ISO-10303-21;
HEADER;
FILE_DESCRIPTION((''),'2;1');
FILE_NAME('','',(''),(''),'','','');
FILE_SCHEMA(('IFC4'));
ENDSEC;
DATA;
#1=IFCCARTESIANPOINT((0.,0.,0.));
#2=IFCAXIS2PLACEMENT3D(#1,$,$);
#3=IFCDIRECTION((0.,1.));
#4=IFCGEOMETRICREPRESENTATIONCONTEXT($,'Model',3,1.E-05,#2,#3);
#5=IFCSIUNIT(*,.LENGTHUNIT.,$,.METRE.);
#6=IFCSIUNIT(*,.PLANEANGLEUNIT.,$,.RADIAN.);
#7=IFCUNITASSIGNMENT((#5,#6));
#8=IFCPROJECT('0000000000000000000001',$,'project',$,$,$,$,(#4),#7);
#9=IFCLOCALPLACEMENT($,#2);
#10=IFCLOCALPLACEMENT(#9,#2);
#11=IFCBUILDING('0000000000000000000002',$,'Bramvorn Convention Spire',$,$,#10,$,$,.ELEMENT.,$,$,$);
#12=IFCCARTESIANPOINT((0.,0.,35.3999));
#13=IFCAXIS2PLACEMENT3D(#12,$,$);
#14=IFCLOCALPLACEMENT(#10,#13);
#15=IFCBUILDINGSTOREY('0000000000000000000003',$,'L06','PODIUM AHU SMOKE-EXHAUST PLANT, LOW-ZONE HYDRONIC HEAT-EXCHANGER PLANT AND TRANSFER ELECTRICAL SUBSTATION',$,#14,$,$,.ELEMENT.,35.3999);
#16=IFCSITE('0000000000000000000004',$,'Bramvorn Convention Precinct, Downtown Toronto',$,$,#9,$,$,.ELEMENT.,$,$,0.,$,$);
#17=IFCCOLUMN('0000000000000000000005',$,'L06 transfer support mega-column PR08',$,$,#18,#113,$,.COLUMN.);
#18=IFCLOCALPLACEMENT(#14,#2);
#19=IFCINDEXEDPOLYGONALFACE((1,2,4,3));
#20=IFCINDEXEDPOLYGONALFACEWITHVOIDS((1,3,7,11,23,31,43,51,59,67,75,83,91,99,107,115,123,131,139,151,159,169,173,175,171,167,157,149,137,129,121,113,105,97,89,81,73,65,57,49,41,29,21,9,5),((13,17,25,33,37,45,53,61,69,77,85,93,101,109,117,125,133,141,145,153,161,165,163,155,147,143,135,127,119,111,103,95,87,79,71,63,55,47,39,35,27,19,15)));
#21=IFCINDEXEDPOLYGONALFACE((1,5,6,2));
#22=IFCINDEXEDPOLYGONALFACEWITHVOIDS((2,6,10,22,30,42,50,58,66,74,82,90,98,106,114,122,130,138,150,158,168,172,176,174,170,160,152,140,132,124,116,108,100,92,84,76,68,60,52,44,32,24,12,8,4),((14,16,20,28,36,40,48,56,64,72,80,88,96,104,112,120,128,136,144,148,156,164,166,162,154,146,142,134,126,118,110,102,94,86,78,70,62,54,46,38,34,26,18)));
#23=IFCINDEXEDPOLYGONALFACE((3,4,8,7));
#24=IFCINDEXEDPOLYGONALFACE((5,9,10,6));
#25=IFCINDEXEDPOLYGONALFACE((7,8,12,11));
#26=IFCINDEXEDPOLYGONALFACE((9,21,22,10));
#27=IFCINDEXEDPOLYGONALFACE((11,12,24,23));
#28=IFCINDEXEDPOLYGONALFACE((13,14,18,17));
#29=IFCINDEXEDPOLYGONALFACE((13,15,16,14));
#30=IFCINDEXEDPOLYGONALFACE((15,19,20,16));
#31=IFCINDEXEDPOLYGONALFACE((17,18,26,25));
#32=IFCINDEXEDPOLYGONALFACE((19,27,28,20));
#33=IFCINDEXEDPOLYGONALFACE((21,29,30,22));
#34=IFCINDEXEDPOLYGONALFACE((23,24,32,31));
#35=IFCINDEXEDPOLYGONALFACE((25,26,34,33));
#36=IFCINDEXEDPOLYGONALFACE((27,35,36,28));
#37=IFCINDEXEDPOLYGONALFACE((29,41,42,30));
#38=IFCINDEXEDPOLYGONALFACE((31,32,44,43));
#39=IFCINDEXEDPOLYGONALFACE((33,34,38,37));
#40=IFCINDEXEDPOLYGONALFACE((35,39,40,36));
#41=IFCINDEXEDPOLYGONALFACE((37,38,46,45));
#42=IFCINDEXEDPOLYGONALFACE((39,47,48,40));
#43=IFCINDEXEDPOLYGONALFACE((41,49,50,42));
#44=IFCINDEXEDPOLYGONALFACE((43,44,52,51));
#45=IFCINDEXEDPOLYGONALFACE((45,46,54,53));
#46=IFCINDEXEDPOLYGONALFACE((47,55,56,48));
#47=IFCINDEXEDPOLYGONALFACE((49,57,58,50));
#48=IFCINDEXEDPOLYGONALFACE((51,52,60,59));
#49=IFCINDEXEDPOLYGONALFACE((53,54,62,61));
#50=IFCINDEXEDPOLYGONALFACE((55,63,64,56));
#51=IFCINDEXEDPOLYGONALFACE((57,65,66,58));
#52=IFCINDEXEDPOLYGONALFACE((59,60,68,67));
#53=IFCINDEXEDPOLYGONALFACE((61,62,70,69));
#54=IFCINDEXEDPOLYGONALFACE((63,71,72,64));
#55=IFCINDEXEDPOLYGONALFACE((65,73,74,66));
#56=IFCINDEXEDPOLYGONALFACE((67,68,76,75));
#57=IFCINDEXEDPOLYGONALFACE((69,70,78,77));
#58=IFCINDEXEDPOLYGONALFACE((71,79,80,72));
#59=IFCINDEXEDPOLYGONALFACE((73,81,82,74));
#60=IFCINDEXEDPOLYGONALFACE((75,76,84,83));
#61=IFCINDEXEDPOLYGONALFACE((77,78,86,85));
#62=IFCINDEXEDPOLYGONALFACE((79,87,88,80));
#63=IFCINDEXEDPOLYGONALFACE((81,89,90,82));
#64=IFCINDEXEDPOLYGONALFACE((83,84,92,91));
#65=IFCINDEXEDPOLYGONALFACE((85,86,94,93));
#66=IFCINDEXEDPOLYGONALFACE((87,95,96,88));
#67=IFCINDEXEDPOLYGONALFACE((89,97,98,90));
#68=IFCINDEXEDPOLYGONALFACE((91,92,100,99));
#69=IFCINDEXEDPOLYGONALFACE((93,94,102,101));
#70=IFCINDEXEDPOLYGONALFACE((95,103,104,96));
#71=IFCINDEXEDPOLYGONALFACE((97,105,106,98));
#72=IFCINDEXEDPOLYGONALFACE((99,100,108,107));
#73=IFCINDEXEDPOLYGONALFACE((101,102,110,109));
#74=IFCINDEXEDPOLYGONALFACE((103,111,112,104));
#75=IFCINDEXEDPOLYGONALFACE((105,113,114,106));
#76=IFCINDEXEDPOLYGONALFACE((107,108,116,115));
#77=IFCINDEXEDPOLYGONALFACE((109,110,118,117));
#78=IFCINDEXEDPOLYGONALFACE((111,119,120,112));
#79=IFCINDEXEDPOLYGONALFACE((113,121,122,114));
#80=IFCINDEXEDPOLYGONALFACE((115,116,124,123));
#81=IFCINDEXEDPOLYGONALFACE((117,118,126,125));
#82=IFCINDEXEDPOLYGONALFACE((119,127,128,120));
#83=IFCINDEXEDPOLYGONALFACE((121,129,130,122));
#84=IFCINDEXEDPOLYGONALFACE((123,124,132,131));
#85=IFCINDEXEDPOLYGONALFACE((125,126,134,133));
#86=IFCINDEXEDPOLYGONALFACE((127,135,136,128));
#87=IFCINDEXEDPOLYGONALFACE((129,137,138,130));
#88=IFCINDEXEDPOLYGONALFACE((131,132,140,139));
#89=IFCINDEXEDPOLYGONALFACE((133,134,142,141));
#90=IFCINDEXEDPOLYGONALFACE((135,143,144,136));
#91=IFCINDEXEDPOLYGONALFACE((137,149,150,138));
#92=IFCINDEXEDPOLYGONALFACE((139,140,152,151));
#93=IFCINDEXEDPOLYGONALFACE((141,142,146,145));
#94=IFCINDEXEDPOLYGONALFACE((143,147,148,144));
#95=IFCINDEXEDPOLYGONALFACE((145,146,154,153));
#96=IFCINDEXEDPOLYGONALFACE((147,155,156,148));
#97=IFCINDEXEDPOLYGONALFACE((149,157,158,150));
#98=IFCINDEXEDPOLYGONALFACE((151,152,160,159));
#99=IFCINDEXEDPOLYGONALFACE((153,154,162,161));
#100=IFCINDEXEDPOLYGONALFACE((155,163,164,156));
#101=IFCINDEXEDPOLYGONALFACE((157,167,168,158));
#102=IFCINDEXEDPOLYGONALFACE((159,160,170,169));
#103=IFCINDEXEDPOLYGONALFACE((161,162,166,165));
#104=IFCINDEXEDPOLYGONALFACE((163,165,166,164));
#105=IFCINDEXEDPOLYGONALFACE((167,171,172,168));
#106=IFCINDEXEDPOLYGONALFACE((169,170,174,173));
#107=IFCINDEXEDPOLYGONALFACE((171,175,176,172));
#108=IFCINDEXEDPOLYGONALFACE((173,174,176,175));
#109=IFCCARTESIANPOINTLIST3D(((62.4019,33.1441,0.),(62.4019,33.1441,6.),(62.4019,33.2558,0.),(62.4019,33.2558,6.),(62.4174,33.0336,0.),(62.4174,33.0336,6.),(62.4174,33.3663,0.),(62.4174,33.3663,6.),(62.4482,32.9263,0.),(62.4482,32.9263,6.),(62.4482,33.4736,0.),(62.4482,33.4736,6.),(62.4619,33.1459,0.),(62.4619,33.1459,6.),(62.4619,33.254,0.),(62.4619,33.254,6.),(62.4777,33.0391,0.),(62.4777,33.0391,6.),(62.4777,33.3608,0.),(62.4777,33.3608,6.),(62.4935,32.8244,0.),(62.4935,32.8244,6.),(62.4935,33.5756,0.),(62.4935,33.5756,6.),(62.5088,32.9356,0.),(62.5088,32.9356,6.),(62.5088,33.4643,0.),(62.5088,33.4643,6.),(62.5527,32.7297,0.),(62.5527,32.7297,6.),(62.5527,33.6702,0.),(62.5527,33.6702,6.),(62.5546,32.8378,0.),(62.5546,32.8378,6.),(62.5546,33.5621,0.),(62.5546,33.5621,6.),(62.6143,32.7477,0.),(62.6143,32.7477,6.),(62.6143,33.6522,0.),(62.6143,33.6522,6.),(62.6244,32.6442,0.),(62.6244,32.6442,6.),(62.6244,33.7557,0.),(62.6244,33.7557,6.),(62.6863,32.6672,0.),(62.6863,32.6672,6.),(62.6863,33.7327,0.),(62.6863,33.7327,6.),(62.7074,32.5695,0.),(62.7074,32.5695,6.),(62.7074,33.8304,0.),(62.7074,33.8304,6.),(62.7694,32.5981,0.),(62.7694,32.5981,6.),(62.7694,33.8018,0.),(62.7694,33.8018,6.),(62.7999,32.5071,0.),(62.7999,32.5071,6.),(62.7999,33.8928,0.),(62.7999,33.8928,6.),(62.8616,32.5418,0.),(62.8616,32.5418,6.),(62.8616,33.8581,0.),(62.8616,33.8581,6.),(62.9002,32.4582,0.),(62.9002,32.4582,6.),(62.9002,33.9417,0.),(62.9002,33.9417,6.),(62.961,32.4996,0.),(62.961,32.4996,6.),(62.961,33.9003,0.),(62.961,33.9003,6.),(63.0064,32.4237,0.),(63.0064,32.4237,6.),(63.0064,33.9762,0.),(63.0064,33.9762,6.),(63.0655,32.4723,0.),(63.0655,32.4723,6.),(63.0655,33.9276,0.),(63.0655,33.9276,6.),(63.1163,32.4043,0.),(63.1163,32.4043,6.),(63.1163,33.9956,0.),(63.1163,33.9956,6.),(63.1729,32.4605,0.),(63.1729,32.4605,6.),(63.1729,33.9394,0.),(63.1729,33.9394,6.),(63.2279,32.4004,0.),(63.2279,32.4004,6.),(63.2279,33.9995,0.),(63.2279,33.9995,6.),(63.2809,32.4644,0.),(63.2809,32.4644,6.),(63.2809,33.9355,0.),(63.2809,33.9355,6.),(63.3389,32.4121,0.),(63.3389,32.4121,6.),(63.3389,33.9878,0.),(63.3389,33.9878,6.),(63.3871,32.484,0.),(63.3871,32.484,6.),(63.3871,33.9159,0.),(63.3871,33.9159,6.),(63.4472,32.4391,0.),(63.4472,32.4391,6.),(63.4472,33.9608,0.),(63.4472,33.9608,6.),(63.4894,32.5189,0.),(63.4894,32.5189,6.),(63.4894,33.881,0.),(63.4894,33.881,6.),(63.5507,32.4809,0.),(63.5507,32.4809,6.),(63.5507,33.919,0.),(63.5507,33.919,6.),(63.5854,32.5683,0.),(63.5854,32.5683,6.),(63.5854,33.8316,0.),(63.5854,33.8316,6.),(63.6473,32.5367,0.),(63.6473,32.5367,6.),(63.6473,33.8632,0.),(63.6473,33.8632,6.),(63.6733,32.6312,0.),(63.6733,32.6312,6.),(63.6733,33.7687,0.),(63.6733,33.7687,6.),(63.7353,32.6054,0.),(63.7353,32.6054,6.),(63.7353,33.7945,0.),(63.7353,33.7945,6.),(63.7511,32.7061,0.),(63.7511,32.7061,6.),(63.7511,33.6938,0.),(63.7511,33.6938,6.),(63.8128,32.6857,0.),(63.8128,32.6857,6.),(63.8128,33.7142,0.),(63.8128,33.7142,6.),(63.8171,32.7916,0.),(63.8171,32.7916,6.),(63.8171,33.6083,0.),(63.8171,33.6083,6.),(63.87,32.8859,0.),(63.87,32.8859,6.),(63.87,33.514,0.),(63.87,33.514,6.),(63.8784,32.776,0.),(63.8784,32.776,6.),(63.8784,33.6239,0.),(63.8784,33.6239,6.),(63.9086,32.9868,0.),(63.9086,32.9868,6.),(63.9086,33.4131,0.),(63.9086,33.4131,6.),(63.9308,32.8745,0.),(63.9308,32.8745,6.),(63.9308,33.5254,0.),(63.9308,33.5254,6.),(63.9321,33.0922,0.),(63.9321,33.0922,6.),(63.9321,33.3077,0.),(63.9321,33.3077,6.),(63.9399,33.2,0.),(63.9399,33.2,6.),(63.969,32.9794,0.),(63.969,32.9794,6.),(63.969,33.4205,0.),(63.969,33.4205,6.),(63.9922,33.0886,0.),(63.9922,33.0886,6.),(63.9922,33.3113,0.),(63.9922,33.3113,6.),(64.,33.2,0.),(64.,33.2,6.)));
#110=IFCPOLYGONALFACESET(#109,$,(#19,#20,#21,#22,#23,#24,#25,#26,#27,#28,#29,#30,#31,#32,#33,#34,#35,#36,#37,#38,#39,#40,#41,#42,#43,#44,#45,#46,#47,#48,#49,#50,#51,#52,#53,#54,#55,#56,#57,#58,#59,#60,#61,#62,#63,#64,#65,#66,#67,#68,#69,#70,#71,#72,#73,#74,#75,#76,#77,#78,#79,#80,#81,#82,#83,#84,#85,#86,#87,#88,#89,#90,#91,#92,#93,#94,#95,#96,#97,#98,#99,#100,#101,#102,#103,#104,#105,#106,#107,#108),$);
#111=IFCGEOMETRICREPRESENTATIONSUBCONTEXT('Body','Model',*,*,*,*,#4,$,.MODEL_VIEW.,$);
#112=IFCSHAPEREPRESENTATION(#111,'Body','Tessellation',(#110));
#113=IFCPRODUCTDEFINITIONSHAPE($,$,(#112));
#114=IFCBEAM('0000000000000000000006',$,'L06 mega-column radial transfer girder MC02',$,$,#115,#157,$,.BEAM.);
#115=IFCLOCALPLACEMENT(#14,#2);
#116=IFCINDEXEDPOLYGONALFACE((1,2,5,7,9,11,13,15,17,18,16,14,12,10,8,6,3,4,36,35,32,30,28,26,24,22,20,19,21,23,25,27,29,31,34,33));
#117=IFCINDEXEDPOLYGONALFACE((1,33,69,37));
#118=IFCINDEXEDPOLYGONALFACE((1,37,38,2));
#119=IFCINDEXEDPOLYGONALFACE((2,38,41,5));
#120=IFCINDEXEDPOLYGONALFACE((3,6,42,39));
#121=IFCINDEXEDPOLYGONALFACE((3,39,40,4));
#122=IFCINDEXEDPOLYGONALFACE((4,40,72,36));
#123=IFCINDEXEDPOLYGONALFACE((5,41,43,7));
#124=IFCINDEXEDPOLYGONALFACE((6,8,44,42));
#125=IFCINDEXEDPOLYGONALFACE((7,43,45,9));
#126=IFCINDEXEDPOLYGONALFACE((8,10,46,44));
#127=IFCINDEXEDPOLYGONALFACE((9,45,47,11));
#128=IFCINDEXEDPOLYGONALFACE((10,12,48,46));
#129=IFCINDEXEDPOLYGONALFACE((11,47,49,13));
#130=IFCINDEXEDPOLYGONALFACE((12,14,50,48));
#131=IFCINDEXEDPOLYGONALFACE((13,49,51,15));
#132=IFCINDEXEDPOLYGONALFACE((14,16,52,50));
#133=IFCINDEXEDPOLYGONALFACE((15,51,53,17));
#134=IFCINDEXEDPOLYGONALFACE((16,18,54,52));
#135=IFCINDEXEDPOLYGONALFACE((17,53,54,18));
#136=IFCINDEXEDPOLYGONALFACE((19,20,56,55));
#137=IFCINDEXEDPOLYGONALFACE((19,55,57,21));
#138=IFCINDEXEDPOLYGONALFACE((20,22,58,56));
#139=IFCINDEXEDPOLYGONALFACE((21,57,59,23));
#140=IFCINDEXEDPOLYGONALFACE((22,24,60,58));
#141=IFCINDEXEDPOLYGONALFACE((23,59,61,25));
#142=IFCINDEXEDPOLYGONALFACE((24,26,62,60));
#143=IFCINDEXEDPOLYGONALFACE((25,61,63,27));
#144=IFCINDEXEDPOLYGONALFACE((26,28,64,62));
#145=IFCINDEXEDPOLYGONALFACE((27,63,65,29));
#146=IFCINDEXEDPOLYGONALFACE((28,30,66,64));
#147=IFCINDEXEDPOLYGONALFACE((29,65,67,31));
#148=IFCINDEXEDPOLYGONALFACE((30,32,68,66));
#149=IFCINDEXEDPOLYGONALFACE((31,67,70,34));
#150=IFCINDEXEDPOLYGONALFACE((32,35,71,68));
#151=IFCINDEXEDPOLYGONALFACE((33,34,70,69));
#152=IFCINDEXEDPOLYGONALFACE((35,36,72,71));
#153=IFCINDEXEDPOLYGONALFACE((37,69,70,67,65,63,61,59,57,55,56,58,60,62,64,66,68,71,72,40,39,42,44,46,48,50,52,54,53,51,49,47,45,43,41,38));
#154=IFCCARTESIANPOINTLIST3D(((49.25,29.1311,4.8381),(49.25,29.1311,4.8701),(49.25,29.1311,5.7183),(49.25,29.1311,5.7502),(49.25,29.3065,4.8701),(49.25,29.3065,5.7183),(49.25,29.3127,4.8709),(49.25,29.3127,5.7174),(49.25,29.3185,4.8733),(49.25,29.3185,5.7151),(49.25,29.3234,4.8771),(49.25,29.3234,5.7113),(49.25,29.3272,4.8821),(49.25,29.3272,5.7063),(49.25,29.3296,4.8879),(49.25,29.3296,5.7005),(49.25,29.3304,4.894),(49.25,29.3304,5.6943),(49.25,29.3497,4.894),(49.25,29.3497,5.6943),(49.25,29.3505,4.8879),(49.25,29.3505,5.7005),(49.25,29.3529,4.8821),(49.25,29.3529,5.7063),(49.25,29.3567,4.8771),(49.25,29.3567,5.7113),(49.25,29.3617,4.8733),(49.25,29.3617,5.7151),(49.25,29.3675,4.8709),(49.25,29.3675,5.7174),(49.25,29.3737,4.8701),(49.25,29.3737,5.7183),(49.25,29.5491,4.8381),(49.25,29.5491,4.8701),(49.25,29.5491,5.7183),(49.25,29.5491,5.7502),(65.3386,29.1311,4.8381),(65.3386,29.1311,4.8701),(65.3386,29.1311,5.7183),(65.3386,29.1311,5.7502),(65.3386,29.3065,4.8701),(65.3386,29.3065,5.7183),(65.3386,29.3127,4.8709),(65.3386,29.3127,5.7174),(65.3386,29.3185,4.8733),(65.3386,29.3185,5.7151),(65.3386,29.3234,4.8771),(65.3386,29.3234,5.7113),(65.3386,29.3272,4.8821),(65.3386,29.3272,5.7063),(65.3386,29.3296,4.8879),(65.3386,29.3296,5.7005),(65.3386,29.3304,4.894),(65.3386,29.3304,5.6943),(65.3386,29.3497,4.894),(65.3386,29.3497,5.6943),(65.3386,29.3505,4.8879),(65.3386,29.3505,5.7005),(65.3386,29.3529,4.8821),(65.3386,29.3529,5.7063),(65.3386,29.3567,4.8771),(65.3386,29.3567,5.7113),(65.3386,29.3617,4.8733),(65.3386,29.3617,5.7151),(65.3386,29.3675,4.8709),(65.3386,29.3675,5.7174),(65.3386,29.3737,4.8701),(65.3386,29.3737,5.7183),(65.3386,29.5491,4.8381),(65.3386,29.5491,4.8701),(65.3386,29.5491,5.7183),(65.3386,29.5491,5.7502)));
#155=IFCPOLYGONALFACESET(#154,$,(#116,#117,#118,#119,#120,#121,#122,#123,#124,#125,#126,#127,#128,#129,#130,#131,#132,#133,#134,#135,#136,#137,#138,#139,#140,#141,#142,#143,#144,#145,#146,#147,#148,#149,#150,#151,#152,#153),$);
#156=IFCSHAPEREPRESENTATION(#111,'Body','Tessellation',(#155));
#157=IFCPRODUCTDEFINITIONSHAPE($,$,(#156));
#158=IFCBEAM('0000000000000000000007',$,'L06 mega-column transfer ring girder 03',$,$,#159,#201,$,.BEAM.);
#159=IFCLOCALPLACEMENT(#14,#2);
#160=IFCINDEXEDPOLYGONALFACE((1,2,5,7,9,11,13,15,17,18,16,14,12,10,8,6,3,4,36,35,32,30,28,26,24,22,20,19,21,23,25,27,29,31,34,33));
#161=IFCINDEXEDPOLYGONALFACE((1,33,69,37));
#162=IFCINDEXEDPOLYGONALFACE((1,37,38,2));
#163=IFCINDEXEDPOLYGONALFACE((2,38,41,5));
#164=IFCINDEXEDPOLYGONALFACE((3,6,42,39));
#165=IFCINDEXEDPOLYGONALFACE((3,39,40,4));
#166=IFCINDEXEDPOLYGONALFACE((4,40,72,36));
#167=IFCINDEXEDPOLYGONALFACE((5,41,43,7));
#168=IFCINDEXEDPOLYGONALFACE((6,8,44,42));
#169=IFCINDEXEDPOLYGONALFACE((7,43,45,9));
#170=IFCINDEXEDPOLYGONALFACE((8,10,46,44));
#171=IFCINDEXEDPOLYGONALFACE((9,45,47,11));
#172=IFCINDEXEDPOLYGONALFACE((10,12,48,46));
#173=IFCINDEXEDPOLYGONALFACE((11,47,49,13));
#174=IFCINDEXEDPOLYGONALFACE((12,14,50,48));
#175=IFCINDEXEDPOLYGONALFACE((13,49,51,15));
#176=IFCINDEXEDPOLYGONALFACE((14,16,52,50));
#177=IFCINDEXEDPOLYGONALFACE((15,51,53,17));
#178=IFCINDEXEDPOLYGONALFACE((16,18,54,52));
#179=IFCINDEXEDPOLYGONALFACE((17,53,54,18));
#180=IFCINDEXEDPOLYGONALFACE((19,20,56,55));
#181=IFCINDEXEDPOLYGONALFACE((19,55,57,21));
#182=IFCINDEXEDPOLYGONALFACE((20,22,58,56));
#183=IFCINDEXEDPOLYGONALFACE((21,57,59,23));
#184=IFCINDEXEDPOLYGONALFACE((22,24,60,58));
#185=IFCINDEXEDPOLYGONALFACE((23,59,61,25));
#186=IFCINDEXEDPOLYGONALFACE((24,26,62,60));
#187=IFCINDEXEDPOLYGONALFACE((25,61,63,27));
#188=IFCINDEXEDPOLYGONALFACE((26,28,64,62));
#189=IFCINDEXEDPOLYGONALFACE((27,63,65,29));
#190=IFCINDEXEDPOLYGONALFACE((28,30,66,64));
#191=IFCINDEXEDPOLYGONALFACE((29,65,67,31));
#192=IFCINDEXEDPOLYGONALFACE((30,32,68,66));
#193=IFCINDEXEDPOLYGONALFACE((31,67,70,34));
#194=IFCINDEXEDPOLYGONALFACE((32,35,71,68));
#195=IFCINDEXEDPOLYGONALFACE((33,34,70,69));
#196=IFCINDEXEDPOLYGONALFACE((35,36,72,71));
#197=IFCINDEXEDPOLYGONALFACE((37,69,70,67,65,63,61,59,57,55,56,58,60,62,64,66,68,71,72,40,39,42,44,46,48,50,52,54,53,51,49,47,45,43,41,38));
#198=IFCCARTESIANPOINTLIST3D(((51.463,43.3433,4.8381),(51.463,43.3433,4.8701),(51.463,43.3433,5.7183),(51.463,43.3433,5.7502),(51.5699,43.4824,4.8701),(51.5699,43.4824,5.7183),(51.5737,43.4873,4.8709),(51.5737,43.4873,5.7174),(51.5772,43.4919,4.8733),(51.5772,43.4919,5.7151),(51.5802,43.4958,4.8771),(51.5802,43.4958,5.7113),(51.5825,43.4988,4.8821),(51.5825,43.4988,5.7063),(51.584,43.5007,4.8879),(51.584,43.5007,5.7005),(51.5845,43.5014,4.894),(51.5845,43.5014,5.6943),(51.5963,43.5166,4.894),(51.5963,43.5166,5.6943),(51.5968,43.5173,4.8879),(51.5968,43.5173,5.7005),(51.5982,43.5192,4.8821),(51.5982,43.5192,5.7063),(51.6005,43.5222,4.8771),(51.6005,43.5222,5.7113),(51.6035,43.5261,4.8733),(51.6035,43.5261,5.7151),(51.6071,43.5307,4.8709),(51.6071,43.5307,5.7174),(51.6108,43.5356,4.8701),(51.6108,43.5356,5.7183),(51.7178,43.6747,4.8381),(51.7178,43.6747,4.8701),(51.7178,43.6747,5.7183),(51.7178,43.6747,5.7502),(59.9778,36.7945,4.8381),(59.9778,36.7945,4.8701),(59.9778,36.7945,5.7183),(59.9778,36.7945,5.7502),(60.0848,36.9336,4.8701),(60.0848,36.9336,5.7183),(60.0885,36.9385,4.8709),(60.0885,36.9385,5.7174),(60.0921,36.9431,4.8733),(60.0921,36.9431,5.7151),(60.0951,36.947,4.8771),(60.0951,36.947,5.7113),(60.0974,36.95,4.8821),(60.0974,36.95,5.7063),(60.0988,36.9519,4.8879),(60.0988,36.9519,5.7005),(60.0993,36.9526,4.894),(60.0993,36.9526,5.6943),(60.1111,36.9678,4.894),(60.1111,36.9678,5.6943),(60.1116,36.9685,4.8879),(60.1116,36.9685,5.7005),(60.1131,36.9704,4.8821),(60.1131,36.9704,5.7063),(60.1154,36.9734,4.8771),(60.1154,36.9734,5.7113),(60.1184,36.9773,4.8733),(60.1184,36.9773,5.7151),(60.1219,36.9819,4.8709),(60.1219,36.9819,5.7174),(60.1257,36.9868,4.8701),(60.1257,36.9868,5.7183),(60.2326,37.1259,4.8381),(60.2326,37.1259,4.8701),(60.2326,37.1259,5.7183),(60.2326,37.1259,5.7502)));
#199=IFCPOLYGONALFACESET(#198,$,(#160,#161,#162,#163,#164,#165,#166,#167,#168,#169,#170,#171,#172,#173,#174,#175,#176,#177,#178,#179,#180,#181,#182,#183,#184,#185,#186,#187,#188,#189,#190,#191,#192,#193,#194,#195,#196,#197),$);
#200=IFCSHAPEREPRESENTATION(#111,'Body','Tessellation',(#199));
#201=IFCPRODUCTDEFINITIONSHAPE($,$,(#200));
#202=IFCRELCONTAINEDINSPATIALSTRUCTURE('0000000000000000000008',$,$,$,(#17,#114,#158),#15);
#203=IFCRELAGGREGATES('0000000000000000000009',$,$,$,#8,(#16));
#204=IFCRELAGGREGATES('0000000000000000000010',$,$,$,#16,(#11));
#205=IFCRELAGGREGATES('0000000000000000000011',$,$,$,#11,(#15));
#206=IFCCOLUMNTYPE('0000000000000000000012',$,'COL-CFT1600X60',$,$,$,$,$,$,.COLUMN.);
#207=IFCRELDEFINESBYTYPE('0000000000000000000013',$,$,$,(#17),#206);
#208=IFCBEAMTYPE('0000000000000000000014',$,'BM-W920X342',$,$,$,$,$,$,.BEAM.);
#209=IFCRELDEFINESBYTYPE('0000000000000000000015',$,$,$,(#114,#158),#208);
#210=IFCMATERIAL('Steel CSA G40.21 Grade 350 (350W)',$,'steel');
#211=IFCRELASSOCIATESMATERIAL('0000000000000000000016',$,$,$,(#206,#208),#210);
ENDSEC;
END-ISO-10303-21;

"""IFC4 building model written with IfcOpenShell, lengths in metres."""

from ifc_helpers import new_model, si_unit, direction, frame, origin, origin_2d, place, context, subcontext, project, spatial, hollow_circle, i_section, extrude, material, material_profile, profile_set, type_object, element, save


model = new_model("IFC4")

# Units and contexts
model_context = context("Model", 3, precision=1e-05, world=origin(), true_north=direction((0.0, 1.0)))
body_context = subcontext(model_context, "Body", "Model", "MODEL_VIEW")
ifc_project = project(units=[si_unit("LENGTHUNIT", "METRE"), si_unit("PLANEANGLEUNIT", "RADIAN")], contexts=[model_context])

# Site, building, storey
site_placement = place(None, origin())
site = spatial("IfcSite", under=ifc_project, at=site_placement, Name="Bramvorn Convention Precinct, Downtown Toronto", CompositionType="ELEMENT", RefElevation=0.0)
building_placement = place(site_placement, origin())
building = spatial("IfcBuilding", under=site, at=building_placement, Name="Bramvorn Convention Spire", CompositionType="ELEMENT")
storey_placement = place(building_placement, frame((0.0, 0.0, 35.3999)))
storey = spatial("IfcBuildingStorey", under=building, at=storey_placement, Name="L06", Description="PODIUM AHU SMOKE-EXHAUST PLANT, LOW-ZONE HYDRONIC HEAT-EXCHANGER PLANT AND TRANSFER ELECTRICAL SUBSTATION", CompositionType="ELEMENT", Elevation=35.3999)

# Column
ifc_material_1 = material(Name="Steel CSA G40.21 Grade 350 (350W)", Category="steel")
ifc_material_profile_1 = material_profile(ifc_material_1, hollow_circle(Radius=0.8, WallThickness=0.0601, at=origin_2d()))
ifc_profile_set_1 = profile_set([ifc_material_profile_1], Name="Steel CSA G40.21 Grade 350 (350W) - CFT1600X60")
column_type = type_object("IfcColumnType", Name="COL-CFT1600X60", PredefinedType="COLUMN", material=ifc_profile_set_1)
column_placement = place(storey_placement, frame((63.2, 33.2, 0.0), z_axis=(0.0, 0.0, 1.0), x_axis=(1.0, 0.0, 0.0)))
element("IfcColumn", 1, at=column_placement, inside=storey, type_object=column_type, Name="L06 transfer support mega-column PR08", PredefinedType="COLUMN", context=body_context, shape_type="SweptSolid", body=[
    extrude(hollow_circle(Radius=0.8, WallThickness=0.0601, at=origin_2d()), origin(), (0.0, 0.0, 1.0), 6.0),
])

# Beams
ifc_material_profile_2 = material_profile(ifc_material_1, i_section(OverallWidth=0.418, OverallDepth=0.9121, WebThickness=0.0193, FlangeThickness=0.032, FilletRadius=0.0239, at=origin_2d()))
ifc_profile_set_2 = profile_set([ifc_material_profile_2], Name="Steel CSA G40.21 Grade 350 (350W) - W920X342")
beam_type = type_object("IfcBeamType", Name="BM-W920X342", PredefinedType="BEAM", material=ifc_profile_set_2)
beam_1_placement = place(storey_placement, frame((49.25, 29.3401, 5.2942), z_axis=(1.0, 0.0, 0.0), x_axis=(0.0, 1.0, 0.0)))
element("IfcBeam", 2, at=beam_1_placement, inside=storey, type_object=beam_type, Name="L06 mega-column radial transfer girder MC02", PredefinedType="BEAM", context=body_context, shape_type="SweptSolid", body=[
    extrude(i_section(OverallWidth=0.418, OverallDepth=0.9121, WebThickness=0.0193, FlangeThickness=0.032, FilletRadius=0.0239, at=origin_2d()), origin(), (0.0, 0.0, 1.0), 16.0886),
])
beam_2_placement = place(storey_placement, frame((60.1052, 36.9602, 5.2942), z_axis=(-0.792673, 0.609647, 0.0), x_axis=(-0.609647, -0.792673, 0.0)))
element("IfcBeam", 3, at=beam_2_placement, inside=storey, type_object=beam_type, Name="L06 mega-column transfer ring girder 03", PredefinedType="BEAM", context=body_context, shape_type="SweptSolid", body=[
    extrude(i_section(OverallWidth=0.418, OverallDepth=0.9121, WebThickness=0.0193, FlangeThickness=0.032, FilletRadius=0.0239, at=origin_2d()), origin(), (0.0, 0.0, 1.0), 10.7419),
])

save(model, "model.ifc")
